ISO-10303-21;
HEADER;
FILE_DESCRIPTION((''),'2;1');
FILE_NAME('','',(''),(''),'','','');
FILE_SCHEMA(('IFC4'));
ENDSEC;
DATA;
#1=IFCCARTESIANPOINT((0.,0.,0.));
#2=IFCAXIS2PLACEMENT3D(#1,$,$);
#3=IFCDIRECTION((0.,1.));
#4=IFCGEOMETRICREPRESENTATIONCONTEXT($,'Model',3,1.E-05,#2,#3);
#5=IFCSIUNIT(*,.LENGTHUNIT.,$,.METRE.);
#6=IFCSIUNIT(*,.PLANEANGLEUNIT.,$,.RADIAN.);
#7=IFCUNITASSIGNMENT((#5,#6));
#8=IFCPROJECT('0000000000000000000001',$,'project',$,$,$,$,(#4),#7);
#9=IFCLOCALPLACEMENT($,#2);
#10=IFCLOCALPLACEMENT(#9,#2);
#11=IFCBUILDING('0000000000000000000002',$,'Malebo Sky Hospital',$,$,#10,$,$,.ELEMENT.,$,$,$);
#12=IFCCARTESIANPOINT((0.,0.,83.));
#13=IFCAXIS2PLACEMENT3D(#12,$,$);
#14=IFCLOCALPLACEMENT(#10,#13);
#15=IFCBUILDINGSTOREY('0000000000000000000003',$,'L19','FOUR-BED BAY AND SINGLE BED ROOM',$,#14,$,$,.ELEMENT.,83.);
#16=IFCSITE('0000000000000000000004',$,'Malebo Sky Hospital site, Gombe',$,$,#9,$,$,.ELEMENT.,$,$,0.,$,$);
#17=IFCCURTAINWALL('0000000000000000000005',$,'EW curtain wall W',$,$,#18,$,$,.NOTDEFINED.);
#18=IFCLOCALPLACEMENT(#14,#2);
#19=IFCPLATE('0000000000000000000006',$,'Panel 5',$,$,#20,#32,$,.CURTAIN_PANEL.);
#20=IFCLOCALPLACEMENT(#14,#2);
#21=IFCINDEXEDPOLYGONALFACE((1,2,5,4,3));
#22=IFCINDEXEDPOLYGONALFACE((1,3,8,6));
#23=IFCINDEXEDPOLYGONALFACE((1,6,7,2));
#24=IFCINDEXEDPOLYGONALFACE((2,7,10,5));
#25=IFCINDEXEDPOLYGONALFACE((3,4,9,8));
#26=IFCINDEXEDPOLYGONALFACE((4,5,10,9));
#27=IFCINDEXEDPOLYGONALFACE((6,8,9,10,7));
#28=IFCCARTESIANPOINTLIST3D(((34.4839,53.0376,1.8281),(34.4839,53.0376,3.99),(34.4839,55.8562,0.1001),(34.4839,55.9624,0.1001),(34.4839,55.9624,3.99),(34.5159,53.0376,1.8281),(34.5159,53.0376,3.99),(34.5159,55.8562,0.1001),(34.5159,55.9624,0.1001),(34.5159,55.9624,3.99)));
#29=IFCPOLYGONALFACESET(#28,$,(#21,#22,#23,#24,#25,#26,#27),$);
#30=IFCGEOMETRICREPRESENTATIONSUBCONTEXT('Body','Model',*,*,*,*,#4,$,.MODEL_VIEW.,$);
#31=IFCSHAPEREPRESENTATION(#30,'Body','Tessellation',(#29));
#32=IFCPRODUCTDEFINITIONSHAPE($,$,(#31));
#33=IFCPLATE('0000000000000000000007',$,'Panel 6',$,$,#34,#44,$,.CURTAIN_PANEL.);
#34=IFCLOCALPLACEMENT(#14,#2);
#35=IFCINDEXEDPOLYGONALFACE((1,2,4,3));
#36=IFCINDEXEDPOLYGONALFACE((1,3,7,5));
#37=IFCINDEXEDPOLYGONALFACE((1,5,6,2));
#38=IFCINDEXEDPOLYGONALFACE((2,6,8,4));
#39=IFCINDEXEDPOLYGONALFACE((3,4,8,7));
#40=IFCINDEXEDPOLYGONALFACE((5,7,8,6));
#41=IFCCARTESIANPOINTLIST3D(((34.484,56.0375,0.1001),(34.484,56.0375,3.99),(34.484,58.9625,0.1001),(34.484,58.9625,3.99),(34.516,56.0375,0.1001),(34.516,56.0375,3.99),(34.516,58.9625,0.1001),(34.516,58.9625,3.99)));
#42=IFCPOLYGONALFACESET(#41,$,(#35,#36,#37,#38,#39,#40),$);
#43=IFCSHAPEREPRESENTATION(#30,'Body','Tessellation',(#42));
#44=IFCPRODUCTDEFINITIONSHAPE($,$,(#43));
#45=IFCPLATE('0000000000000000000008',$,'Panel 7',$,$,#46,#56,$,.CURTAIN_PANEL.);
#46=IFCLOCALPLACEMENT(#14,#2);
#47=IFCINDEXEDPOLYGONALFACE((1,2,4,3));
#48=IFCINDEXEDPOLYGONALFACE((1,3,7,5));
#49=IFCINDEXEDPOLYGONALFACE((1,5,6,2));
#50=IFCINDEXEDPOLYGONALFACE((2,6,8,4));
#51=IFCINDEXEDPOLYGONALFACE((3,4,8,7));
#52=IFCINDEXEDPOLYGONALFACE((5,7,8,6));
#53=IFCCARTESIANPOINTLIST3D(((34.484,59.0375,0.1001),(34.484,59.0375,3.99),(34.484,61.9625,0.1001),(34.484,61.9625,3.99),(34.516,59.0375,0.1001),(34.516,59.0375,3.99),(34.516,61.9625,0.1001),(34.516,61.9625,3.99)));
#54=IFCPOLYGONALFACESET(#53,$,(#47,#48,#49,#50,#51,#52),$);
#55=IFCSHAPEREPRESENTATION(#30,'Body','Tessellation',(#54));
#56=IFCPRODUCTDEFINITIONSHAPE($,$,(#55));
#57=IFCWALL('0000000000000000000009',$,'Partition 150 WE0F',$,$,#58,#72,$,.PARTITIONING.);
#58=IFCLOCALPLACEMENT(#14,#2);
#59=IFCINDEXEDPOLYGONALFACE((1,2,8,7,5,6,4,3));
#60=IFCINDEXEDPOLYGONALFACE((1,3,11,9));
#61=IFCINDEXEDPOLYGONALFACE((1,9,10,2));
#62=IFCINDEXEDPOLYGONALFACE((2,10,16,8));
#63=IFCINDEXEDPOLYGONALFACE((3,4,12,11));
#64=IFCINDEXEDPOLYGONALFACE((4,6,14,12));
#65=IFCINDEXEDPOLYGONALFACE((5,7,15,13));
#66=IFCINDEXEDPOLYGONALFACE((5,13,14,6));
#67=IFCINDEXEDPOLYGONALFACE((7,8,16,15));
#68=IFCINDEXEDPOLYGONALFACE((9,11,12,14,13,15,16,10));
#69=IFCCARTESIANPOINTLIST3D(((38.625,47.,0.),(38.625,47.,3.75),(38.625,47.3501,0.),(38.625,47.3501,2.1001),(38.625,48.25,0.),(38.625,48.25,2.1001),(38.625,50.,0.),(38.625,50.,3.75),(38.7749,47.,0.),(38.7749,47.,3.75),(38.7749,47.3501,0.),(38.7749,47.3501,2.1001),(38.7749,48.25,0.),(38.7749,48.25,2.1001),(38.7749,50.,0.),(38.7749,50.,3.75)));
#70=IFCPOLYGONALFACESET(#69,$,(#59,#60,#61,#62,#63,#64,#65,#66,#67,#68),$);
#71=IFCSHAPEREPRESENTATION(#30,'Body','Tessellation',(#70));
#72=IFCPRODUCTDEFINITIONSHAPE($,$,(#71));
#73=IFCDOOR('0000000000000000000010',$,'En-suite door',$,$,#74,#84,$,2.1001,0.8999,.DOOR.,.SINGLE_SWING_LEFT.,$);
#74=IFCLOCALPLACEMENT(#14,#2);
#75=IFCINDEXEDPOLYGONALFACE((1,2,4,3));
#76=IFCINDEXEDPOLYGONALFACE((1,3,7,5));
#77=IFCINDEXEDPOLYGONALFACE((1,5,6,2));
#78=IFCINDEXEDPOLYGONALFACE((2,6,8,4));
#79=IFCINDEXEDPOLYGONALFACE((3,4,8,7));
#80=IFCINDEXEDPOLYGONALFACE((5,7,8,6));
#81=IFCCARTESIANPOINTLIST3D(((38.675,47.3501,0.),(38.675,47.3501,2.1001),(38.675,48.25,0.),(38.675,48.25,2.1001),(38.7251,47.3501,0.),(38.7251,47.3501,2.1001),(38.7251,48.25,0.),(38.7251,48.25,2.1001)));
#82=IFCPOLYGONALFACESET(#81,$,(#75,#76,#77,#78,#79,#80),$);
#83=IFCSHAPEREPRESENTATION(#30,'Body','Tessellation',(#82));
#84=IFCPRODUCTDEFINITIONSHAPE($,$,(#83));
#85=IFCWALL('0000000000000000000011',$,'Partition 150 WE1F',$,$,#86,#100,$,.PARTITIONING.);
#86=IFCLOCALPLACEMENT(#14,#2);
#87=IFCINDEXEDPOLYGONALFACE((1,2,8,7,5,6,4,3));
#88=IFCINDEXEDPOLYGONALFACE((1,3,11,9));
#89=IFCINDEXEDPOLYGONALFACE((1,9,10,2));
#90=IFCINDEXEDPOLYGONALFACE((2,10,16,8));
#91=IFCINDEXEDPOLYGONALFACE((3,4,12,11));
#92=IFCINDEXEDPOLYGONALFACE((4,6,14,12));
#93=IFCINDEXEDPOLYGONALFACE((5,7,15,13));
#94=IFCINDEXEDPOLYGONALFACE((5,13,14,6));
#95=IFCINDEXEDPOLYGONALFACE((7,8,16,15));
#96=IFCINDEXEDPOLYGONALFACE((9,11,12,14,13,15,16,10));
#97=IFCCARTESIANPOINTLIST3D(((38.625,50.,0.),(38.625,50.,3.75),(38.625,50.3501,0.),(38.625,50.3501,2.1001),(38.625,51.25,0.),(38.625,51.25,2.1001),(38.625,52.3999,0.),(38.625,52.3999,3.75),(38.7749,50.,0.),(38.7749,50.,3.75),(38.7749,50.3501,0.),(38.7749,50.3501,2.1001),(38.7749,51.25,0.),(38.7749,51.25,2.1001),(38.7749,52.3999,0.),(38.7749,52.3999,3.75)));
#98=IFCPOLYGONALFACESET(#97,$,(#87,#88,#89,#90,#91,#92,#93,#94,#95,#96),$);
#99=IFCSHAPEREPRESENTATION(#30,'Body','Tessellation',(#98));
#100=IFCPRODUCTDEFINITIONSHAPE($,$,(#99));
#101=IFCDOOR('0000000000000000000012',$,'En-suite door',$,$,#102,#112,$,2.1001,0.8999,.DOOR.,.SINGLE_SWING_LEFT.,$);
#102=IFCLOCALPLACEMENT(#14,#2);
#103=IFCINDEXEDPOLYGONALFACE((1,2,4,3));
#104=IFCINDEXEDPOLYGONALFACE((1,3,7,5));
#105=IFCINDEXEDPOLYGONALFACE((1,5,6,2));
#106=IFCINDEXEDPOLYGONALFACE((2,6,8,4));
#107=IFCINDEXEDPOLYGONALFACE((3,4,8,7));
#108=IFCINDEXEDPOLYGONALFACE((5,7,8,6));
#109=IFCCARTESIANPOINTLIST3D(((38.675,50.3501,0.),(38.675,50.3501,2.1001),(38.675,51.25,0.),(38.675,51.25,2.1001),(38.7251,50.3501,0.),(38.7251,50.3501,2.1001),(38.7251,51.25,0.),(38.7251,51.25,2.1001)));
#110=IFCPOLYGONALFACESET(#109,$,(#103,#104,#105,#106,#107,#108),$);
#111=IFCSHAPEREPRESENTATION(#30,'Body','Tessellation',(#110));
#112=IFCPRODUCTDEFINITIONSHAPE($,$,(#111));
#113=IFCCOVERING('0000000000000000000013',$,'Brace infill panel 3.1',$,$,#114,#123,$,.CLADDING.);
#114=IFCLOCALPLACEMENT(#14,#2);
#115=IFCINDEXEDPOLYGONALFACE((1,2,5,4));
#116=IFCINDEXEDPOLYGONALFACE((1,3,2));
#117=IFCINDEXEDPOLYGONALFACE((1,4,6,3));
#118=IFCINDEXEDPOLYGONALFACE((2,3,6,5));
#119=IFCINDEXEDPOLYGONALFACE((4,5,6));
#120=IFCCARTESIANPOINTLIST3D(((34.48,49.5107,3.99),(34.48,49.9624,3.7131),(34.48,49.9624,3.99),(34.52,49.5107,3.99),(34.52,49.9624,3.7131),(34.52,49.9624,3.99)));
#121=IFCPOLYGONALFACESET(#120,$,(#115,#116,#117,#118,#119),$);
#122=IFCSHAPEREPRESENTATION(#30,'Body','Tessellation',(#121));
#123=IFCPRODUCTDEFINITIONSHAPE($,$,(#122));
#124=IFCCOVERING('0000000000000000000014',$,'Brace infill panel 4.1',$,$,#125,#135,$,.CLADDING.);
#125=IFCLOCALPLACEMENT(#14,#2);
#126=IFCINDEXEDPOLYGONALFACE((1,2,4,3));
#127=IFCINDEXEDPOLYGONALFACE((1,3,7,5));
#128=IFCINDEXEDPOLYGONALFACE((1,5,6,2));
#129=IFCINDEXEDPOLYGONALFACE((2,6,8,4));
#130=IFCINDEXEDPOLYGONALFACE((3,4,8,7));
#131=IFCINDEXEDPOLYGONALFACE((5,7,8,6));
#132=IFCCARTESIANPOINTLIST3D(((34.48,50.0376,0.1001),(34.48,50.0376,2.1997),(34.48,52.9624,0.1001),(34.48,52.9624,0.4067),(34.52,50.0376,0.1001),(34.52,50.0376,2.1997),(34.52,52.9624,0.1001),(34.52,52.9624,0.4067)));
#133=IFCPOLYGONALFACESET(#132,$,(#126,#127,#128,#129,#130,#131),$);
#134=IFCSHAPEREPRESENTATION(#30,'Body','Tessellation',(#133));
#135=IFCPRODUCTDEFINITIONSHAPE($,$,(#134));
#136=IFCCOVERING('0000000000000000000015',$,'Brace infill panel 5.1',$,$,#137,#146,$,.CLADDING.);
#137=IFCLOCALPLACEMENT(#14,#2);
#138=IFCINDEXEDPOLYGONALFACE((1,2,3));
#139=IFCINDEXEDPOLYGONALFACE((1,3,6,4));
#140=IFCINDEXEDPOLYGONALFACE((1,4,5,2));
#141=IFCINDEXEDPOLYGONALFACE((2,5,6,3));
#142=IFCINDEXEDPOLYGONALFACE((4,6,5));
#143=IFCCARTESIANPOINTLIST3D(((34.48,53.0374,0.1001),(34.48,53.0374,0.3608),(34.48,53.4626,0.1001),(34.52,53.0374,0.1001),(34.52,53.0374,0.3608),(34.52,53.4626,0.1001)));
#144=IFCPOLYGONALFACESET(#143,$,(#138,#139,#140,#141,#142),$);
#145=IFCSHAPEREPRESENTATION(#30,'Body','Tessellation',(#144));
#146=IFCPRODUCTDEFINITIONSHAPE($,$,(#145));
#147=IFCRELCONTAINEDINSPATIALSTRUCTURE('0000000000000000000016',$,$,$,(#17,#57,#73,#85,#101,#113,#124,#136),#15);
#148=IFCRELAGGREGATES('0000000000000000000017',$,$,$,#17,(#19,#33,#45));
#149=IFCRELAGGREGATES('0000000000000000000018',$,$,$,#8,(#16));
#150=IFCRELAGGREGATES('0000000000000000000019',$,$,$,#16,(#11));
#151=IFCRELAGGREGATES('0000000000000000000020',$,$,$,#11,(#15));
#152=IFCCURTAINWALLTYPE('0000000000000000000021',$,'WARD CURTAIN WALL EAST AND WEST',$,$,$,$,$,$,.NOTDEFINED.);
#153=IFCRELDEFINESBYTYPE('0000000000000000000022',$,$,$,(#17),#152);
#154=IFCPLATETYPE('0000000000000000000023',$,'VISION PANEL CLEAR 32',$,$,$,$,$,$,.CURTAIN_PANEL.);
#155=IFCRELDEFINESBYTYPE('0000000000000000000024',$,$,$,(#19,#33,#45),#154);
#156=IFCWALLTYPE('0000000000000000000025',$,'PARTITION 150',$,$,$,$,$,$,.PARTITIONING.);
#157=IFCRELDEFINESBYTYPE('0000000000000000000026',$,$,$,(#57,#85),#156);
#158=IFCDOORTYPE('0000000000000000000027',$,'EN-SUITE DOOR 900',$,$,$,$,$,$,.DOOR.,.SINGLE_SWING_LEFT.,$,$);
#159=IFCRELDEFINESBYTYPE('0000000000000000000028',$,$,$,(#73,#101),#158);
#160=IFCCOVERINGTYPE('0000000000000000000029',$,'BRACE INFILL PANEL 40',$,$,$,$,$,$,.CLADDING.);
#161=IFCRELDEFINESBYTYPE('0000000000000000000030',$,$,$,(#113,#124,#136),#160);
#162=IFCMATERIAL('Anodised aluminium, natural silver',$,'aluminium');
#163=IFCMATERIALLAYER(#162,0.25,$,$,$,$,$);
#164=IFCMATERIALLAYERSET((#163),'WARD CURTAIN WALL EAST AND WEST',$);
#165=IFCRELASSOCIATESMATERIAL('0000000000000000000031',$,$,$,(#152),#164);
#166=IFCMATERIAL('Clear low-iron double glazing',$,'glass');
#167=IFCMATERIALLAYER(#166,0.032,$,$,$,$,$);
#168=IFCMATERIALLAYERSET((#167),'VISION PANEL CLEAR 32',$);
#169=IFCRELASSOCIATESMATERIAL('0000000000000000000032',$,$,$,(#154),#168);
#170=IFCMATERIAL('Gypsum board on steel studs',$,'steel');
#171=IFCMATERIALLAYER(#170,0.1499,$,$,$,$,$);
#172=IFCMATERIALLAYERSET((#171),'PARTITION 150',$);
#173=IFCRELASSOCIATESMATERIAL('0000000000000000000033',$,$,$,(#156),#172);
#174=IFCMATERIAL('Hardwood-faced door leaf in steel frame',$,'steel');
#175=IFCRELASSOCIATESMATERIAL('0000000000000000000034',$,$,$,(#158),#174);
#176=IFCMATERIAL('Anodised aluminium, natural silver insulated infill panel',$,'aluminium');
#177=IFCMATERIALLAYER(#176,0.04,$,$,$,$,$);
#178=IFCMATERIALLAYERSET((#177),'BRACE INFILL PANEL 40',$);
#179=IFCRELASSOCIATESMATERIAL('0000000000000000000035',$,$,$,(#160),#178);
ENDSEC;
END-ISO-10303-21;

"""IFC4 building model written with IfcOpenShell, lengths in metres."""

from ifc_helpers import new_model, si_unit, direction, frame, frame_2d, origin, origin_2d, place, context, subcontext, project, spatial, polyline, rectangle, outline, extrude, material, layer, layer_set, type_object, element, fill, aggregate, save


model = new_model("IFC4")

# Units and contexts
model_context = context("Model", 3, precision=1e-05, world=origin(), true_north=direction((0.0, 1.0)))
body_context = subcontext(model_context, "Body", "Model", "MODEL_VIEW")
ifc_project = project(units=[si_unit("LENGTHUNIT", "METRE"), si_unit("PLANEANGLEUNIT", "RADIAN")], contexts=[model_context])

# Site, building, storey
site_placement = place(None, origin())
site = spatial("IfcSite", under=ifc_project, at=site_placement, Name="Malebo Sky Hospital site, Gombe", CompositionType="ELEMENT", RefElevation=0.0)
building_placement = place(site_placement, origin())
building = spatial("IfcBuilding", under=site, at=building_placement, Name="Malebo Sky Hospital", CompositionType="ELEMENT")
storey_placement = place(building_placement, frame((0.0, 0.0, 83.0)))
storey = spatial("IfcBuildingStorey", under=building, at=storey_placement, Name="L19", Description="FOUR-BED BAY AND SINGLE BED ROOM", CompositionType="ELEMENT", Elevation=83.0)

# Curtain wall
ifc_material_1 = material(Name="Anodised aluminium, natural silver", Category="aluminium")
ifc_layer_1 = layer(ifc_material_1, 0.25)
ifc_layer_set_1 = layer_set([ifc_layer_1], Name="WARD CURTAIN WALL EAST AND WEST")
curtain_wall_type = type_object("IfcCurtainWallType", Name="WARD CURTAIN WALL EAST AND WEST", PredefinedType="NOTDEFINED", material=ifc_layer_set_1)
curtain_wall_placement = place(storey_placement, origin())
curtain_wall = element("IfcCurtainWall", 1, at=curtain_wall_placement, inside=storey, type_object=curtain_wall_type, Name="EW curtain wall W", PredefinedType="NOTDEFINED")

# Plates
ifc_material_2 = material(Name="Clear low-iron double glazing", Category="glass")
ifc_layer_2 = layer(ifc_material_2, 0.032)
ifc_layer_set_2 = layer_set([ifc_layer_2], Name="VISION PANEL CLEAR 32")
plate_type = type_object("IfcPlateType", Name="VISION PANEL CLEAR 32", PredefinedType="CURTAIN_PANEL", material=ifc_layer_set_2)
plate_1_placement = place(storey_placement, frame((34.5, 54.5, 0.1001), z_axis=(0.0, 0.0, 1.0), x_axis=(0.0, 1.0, 0.0)))
plate_1 = element("IfcPlate", 2, at=plate_1_placement, type_object=plate_type, Name="Panel 5", PredefinedType="CURTAIN_PANEL", context=body_context, shape_type="SweptSolid", body=[
    extrude(outline(polyline([(1.3562, 0.0), (1.4624, 0.0), (1.4624, 3.8899), (-1.4624, 3.8899), (-1.4624, 1.728), (1.3562, 0.0)])), frame((0.0, 0.0161, 0.0), z_axis=(0.0, -1.0, 0.0), x_axis=(1.0, 0.0, 0.0)), (0.0, 0.0, 1.0), 0.032),
])
plate_2_placement = place(storey_placement, frame((34.5, 57.5, 0.1001), z_axis=(0.0, 0.0, 1.0), x_axis=(0.0, 1.0, 0.0)))
plate_2 = element("IfcPlate", 3, at=plate_2_placement, type_object=plate_type, Name="Panel 6", PredefinedType="CURTAIN_PANEL", context=body_context, shape_type="SweptSolid", body=[
    extrude(rectangle(XDim=2.925, YDim=0.032, at=origin_2d()), origin(), (0.0, 0.0, 1.0), 3.8899),
])
plate_3_placement = place(storey_placement, frame((34.5, 60.5, 0.1001), z_axis=(0.0, 0.0, 1.0), x_axis=(0.0, 1.0, 0.0)))
plate_3 = element("IfcPlate", 4, at=plate_3_placement, type_object=plate_type, Name="Panel 7", PredefinedType="CURTAIN_PANEL", context=body_context, shape_type="SweptSolid", body=[
    extrude(rectangle(XDim=2.925, YDim=0.032, at=origin_2d()), origin(), (0.0, 0.0, 1.0), 3.8899),
])
aggregate(curtain_wall, [plate_1, plate_2, plate_3])

# Walls, openings, doors
ifc_material_3 = material(Name="Gypsum board on steel studs", Category="steel")
ifc_layer_3 = layer(ifc_material_3, 0.1499)
ifc_layer_set_3 = layer_set([ifc_layer_3], Name="PARTITION 150")
wall_type = type_object("IfcWallType", Name="PARTITION 150", PredefinedType="PARTITIONING", material=ifc_layer_set_3)
wall_1_placement = place(storey_placement, frame((38.7, 47.0, 0.0), z_axis=(0.0, 0.0, 1.0), x_axis=(0.0, 1.0, 0.0)))
wall_1 = element("IfcWall", 5, at=wall_1_placement, inside=storey, type_object=wall_type, Name="Partition 150 WE0F", PredefinedType="PARTITIONING", context=body_context, shape_type="SweptSolid", body=[
    extrude(rectangle(XDim=3.0, YDim=0.1499, at=frame_2d((1.5, 0.0))), origin(), (0.0, 0.0, 1.0), 3.75),
])
opening_1_placement = place(wall_1_placement, frame((0.3501, 0.0, 0.0)))
opening_1 = element("IfcOpeningElement", 6, at=opening_1_placement, cuts=wall_1, PredefinedType="OPENING", context=body_context, shape_type="SweptSolid", body=[
    extrude(rectangle(XDim=0.8999, YDim=2.1001, at=frame_2d((0.45, 1.05))), frame((0.0, 0.085, 0.0), z_axis=(0.0, -1.0, 0.0), x_axis=(1.0, 0.0, 0.0)), (0.0, 0.0, 1.0), 0.1699),
])
ifc_material_4 = material(Name="Hardwood-faced door leaf in steel frame", Category="steel")
door_type = type_object("IfcDoorType", Name="EN-SUITE DOOR 900", OperationType="SINGLE_SWING_LEFT", PredefinedType="DOOR", material=ifc_material_4)
door_1_placement = place(opening_1_placement, origin())
door_1 = element("IfcDoor", 7, at=door_1_placement, inside=storey, type_object=door_type, Name="En-suite door", OperationType="SINGLE_SWING_LEFT", OverallHeight=2.1001, OverallWidth=0.8999, PredefinedType="DOOR", context=body_context, shape_type="SweptSolid", body=[
    extrude(rectangle(XDim=0.8999, YDim=2.1001, at=frame_2d((0.45, 1.05))), frame((0.0, 0.0249, 0.0), z_axis=(0.0, -1.0, 0.0), x_axis=(1.0, 0.0, 0.0)), (0.0, 0.0, 1.0), 0.05),
])
fill(opening_1, door_1)
wall_2_placement = place(storey_placement, frame((38.7, 50.0, 0.0), z_axis=(0.0, 0.0, 1.0), x_axis=(0.0, 1.0, 0.0)))
wall_2 = element("IfcWall", 8, at=wall_2_placement, inside=storey, type_object=wall_type, Name="Partition 150 WE1F", PredefinedType="PARTITIONING", context=body_context, shape_type="SweptSolid", body=[
    extrude(rectangle(XDim=2.3999, YDim=0.1499, at=frame_2d((1.2, 0.0))), origin(), (0.0, 0.0, 1.0), 3.75),
])
opening_2_placement = place(wall_2_placement, frame((0.3501, 0.0, 0.0)))
opening_2 = element("IfcOpeningElement", 9, at=opening_2_placement, cuts=wall_2, PredefinedType="OPENING", context=body_context, shape_type="SweptSolid", body=[
    extrude(rectangle(XDim=0.8999, YDim=2.1001, at=frame_2d((0.45, 1.05))), frame((0.0, 0.085, 0.0), z_axis=(0.0, -1.0, 0.0), x_axis=(1.0, 0.0, 0.0)), (0.0, 0.0, 1.0), 0.1699),
])
door_2_placement = place(opening_2_placement, origin())
door_2 = element("IfcDoor", 10, at=door_2_placement, inside=storey, type_object=door_type, Name="En-suite door", OperationType="SINGLE_SWING_LEFT", OverallHeight=2.1001, OverallWidth=0.8999, PredefinedType="DOOR", context=body_context, shape_type="SweptSolid", body=[
    extrude(rectangle(XDim=0.8999, YDim=2.1001, at=frame_2d((0.45, 1.05))), frame((0.0, 0.0249, 0.0), z_axis=(0.0, -1.0, 0.0), x_axis=(1.0, 0.0, 0.0)), (0.0, 0.0, 1.0), 0.05),
])
fill(opening_2, door_2)

# Coverings
ifc_material_5 = material(Name="Anodised aluminium, natural silver insulated infill panel", Category="aluminium")
ifc_layer_4 = layer(ifc_material_5, 0.04)
ifc_layer_set_4 = layer_set([ifc_layer_4], Name="BRACE INFILL PANEL 40")
covering_type = type_object("IfcCoveringType", Name="BRACE INFILL PANEL 40", PredefinedType="CLADDING", material=ifc_layer_set_4)
covering_1_placement = place(storey_placement, frame((34.5, 49.7366, 3.7131), z_axis=(0.0, 0.0, 1.0), x_axis=(0.0, 1.0, 0.0)))
element("IfcCovering", 11, at=covering_1_placement, inside=storey, type_object=covering_type, Name="Brace infill panel 3.1", PredefinedType="CLADDING", context=body_context, shape_type="SweptSolid", body=[
    extrude(outline(polyline([(0.2258, 0.0), (0.2258, 0.2769), (-0.2258, 0.2769), (0.2258, 0.0)])), frame((0.0, 0.02, 0.0), z_axis=(0.0, -1.0, 0.0), x_axis=(1.0, 0.0, 0.0)), (0.0, 0.0, 1.0), 0.04),
])
covering_2_placement = place(storey_placement, frame((34.5, 51.5, 0.1001), z_axis=(0.0, 0.0, 1.0), x_axis=(0.0, 1.0, 0.0)))
element("IfcCovering", 12, at=covering_2_placement, inside=storey, type_object=covering_type, Name="Brace infill panel 4.1", PredefinedType="CLADDING", context=body_context, shape_type="SweptSolid", body=[
    extrude(outline(polyline([(-1.4624, 0.0), (1.4624, 0.0), (1.4624, 0.3066), (-1.4624, 2.0996), (-1.4624, 0.0)])), frame((0.0, 0.02, 0.0), z_axis=(0.0, -1.0, 0.0), x_axis=(1.0, 0.0, 0.0)), (0.0, 0.0, 1.0), 0.04),
])
covering_3_placement = place(storey_placement, frame((34.5, 53.25, 0.1001), z_axis=(0.0, 0.0, 1.0), x_axis=(0.0, 1.0, 0.0)))
element("IfcCovering", 13, at=covering_3_placement, inside=storey, type_object=covering_type, Name="Brace infill panel 5.1", PredefinedType="CLADDING", context=body_context, shape_type="SweptSolid", body=[
    extrude(outline(polyline([(-0.2126, 0.0), (0.2126, 0.0), (-0.2126, 0.2607), (-0.2126, 0.0)])), frame((0.0, 0.02, 0.0), z_axis=(0.0, -1.0, 0.0), x_axis=(1.0, 0.0, 0.0)), (0.0, 0.0, 1.0), 0.04),
])

save(model, "model.ifc")
